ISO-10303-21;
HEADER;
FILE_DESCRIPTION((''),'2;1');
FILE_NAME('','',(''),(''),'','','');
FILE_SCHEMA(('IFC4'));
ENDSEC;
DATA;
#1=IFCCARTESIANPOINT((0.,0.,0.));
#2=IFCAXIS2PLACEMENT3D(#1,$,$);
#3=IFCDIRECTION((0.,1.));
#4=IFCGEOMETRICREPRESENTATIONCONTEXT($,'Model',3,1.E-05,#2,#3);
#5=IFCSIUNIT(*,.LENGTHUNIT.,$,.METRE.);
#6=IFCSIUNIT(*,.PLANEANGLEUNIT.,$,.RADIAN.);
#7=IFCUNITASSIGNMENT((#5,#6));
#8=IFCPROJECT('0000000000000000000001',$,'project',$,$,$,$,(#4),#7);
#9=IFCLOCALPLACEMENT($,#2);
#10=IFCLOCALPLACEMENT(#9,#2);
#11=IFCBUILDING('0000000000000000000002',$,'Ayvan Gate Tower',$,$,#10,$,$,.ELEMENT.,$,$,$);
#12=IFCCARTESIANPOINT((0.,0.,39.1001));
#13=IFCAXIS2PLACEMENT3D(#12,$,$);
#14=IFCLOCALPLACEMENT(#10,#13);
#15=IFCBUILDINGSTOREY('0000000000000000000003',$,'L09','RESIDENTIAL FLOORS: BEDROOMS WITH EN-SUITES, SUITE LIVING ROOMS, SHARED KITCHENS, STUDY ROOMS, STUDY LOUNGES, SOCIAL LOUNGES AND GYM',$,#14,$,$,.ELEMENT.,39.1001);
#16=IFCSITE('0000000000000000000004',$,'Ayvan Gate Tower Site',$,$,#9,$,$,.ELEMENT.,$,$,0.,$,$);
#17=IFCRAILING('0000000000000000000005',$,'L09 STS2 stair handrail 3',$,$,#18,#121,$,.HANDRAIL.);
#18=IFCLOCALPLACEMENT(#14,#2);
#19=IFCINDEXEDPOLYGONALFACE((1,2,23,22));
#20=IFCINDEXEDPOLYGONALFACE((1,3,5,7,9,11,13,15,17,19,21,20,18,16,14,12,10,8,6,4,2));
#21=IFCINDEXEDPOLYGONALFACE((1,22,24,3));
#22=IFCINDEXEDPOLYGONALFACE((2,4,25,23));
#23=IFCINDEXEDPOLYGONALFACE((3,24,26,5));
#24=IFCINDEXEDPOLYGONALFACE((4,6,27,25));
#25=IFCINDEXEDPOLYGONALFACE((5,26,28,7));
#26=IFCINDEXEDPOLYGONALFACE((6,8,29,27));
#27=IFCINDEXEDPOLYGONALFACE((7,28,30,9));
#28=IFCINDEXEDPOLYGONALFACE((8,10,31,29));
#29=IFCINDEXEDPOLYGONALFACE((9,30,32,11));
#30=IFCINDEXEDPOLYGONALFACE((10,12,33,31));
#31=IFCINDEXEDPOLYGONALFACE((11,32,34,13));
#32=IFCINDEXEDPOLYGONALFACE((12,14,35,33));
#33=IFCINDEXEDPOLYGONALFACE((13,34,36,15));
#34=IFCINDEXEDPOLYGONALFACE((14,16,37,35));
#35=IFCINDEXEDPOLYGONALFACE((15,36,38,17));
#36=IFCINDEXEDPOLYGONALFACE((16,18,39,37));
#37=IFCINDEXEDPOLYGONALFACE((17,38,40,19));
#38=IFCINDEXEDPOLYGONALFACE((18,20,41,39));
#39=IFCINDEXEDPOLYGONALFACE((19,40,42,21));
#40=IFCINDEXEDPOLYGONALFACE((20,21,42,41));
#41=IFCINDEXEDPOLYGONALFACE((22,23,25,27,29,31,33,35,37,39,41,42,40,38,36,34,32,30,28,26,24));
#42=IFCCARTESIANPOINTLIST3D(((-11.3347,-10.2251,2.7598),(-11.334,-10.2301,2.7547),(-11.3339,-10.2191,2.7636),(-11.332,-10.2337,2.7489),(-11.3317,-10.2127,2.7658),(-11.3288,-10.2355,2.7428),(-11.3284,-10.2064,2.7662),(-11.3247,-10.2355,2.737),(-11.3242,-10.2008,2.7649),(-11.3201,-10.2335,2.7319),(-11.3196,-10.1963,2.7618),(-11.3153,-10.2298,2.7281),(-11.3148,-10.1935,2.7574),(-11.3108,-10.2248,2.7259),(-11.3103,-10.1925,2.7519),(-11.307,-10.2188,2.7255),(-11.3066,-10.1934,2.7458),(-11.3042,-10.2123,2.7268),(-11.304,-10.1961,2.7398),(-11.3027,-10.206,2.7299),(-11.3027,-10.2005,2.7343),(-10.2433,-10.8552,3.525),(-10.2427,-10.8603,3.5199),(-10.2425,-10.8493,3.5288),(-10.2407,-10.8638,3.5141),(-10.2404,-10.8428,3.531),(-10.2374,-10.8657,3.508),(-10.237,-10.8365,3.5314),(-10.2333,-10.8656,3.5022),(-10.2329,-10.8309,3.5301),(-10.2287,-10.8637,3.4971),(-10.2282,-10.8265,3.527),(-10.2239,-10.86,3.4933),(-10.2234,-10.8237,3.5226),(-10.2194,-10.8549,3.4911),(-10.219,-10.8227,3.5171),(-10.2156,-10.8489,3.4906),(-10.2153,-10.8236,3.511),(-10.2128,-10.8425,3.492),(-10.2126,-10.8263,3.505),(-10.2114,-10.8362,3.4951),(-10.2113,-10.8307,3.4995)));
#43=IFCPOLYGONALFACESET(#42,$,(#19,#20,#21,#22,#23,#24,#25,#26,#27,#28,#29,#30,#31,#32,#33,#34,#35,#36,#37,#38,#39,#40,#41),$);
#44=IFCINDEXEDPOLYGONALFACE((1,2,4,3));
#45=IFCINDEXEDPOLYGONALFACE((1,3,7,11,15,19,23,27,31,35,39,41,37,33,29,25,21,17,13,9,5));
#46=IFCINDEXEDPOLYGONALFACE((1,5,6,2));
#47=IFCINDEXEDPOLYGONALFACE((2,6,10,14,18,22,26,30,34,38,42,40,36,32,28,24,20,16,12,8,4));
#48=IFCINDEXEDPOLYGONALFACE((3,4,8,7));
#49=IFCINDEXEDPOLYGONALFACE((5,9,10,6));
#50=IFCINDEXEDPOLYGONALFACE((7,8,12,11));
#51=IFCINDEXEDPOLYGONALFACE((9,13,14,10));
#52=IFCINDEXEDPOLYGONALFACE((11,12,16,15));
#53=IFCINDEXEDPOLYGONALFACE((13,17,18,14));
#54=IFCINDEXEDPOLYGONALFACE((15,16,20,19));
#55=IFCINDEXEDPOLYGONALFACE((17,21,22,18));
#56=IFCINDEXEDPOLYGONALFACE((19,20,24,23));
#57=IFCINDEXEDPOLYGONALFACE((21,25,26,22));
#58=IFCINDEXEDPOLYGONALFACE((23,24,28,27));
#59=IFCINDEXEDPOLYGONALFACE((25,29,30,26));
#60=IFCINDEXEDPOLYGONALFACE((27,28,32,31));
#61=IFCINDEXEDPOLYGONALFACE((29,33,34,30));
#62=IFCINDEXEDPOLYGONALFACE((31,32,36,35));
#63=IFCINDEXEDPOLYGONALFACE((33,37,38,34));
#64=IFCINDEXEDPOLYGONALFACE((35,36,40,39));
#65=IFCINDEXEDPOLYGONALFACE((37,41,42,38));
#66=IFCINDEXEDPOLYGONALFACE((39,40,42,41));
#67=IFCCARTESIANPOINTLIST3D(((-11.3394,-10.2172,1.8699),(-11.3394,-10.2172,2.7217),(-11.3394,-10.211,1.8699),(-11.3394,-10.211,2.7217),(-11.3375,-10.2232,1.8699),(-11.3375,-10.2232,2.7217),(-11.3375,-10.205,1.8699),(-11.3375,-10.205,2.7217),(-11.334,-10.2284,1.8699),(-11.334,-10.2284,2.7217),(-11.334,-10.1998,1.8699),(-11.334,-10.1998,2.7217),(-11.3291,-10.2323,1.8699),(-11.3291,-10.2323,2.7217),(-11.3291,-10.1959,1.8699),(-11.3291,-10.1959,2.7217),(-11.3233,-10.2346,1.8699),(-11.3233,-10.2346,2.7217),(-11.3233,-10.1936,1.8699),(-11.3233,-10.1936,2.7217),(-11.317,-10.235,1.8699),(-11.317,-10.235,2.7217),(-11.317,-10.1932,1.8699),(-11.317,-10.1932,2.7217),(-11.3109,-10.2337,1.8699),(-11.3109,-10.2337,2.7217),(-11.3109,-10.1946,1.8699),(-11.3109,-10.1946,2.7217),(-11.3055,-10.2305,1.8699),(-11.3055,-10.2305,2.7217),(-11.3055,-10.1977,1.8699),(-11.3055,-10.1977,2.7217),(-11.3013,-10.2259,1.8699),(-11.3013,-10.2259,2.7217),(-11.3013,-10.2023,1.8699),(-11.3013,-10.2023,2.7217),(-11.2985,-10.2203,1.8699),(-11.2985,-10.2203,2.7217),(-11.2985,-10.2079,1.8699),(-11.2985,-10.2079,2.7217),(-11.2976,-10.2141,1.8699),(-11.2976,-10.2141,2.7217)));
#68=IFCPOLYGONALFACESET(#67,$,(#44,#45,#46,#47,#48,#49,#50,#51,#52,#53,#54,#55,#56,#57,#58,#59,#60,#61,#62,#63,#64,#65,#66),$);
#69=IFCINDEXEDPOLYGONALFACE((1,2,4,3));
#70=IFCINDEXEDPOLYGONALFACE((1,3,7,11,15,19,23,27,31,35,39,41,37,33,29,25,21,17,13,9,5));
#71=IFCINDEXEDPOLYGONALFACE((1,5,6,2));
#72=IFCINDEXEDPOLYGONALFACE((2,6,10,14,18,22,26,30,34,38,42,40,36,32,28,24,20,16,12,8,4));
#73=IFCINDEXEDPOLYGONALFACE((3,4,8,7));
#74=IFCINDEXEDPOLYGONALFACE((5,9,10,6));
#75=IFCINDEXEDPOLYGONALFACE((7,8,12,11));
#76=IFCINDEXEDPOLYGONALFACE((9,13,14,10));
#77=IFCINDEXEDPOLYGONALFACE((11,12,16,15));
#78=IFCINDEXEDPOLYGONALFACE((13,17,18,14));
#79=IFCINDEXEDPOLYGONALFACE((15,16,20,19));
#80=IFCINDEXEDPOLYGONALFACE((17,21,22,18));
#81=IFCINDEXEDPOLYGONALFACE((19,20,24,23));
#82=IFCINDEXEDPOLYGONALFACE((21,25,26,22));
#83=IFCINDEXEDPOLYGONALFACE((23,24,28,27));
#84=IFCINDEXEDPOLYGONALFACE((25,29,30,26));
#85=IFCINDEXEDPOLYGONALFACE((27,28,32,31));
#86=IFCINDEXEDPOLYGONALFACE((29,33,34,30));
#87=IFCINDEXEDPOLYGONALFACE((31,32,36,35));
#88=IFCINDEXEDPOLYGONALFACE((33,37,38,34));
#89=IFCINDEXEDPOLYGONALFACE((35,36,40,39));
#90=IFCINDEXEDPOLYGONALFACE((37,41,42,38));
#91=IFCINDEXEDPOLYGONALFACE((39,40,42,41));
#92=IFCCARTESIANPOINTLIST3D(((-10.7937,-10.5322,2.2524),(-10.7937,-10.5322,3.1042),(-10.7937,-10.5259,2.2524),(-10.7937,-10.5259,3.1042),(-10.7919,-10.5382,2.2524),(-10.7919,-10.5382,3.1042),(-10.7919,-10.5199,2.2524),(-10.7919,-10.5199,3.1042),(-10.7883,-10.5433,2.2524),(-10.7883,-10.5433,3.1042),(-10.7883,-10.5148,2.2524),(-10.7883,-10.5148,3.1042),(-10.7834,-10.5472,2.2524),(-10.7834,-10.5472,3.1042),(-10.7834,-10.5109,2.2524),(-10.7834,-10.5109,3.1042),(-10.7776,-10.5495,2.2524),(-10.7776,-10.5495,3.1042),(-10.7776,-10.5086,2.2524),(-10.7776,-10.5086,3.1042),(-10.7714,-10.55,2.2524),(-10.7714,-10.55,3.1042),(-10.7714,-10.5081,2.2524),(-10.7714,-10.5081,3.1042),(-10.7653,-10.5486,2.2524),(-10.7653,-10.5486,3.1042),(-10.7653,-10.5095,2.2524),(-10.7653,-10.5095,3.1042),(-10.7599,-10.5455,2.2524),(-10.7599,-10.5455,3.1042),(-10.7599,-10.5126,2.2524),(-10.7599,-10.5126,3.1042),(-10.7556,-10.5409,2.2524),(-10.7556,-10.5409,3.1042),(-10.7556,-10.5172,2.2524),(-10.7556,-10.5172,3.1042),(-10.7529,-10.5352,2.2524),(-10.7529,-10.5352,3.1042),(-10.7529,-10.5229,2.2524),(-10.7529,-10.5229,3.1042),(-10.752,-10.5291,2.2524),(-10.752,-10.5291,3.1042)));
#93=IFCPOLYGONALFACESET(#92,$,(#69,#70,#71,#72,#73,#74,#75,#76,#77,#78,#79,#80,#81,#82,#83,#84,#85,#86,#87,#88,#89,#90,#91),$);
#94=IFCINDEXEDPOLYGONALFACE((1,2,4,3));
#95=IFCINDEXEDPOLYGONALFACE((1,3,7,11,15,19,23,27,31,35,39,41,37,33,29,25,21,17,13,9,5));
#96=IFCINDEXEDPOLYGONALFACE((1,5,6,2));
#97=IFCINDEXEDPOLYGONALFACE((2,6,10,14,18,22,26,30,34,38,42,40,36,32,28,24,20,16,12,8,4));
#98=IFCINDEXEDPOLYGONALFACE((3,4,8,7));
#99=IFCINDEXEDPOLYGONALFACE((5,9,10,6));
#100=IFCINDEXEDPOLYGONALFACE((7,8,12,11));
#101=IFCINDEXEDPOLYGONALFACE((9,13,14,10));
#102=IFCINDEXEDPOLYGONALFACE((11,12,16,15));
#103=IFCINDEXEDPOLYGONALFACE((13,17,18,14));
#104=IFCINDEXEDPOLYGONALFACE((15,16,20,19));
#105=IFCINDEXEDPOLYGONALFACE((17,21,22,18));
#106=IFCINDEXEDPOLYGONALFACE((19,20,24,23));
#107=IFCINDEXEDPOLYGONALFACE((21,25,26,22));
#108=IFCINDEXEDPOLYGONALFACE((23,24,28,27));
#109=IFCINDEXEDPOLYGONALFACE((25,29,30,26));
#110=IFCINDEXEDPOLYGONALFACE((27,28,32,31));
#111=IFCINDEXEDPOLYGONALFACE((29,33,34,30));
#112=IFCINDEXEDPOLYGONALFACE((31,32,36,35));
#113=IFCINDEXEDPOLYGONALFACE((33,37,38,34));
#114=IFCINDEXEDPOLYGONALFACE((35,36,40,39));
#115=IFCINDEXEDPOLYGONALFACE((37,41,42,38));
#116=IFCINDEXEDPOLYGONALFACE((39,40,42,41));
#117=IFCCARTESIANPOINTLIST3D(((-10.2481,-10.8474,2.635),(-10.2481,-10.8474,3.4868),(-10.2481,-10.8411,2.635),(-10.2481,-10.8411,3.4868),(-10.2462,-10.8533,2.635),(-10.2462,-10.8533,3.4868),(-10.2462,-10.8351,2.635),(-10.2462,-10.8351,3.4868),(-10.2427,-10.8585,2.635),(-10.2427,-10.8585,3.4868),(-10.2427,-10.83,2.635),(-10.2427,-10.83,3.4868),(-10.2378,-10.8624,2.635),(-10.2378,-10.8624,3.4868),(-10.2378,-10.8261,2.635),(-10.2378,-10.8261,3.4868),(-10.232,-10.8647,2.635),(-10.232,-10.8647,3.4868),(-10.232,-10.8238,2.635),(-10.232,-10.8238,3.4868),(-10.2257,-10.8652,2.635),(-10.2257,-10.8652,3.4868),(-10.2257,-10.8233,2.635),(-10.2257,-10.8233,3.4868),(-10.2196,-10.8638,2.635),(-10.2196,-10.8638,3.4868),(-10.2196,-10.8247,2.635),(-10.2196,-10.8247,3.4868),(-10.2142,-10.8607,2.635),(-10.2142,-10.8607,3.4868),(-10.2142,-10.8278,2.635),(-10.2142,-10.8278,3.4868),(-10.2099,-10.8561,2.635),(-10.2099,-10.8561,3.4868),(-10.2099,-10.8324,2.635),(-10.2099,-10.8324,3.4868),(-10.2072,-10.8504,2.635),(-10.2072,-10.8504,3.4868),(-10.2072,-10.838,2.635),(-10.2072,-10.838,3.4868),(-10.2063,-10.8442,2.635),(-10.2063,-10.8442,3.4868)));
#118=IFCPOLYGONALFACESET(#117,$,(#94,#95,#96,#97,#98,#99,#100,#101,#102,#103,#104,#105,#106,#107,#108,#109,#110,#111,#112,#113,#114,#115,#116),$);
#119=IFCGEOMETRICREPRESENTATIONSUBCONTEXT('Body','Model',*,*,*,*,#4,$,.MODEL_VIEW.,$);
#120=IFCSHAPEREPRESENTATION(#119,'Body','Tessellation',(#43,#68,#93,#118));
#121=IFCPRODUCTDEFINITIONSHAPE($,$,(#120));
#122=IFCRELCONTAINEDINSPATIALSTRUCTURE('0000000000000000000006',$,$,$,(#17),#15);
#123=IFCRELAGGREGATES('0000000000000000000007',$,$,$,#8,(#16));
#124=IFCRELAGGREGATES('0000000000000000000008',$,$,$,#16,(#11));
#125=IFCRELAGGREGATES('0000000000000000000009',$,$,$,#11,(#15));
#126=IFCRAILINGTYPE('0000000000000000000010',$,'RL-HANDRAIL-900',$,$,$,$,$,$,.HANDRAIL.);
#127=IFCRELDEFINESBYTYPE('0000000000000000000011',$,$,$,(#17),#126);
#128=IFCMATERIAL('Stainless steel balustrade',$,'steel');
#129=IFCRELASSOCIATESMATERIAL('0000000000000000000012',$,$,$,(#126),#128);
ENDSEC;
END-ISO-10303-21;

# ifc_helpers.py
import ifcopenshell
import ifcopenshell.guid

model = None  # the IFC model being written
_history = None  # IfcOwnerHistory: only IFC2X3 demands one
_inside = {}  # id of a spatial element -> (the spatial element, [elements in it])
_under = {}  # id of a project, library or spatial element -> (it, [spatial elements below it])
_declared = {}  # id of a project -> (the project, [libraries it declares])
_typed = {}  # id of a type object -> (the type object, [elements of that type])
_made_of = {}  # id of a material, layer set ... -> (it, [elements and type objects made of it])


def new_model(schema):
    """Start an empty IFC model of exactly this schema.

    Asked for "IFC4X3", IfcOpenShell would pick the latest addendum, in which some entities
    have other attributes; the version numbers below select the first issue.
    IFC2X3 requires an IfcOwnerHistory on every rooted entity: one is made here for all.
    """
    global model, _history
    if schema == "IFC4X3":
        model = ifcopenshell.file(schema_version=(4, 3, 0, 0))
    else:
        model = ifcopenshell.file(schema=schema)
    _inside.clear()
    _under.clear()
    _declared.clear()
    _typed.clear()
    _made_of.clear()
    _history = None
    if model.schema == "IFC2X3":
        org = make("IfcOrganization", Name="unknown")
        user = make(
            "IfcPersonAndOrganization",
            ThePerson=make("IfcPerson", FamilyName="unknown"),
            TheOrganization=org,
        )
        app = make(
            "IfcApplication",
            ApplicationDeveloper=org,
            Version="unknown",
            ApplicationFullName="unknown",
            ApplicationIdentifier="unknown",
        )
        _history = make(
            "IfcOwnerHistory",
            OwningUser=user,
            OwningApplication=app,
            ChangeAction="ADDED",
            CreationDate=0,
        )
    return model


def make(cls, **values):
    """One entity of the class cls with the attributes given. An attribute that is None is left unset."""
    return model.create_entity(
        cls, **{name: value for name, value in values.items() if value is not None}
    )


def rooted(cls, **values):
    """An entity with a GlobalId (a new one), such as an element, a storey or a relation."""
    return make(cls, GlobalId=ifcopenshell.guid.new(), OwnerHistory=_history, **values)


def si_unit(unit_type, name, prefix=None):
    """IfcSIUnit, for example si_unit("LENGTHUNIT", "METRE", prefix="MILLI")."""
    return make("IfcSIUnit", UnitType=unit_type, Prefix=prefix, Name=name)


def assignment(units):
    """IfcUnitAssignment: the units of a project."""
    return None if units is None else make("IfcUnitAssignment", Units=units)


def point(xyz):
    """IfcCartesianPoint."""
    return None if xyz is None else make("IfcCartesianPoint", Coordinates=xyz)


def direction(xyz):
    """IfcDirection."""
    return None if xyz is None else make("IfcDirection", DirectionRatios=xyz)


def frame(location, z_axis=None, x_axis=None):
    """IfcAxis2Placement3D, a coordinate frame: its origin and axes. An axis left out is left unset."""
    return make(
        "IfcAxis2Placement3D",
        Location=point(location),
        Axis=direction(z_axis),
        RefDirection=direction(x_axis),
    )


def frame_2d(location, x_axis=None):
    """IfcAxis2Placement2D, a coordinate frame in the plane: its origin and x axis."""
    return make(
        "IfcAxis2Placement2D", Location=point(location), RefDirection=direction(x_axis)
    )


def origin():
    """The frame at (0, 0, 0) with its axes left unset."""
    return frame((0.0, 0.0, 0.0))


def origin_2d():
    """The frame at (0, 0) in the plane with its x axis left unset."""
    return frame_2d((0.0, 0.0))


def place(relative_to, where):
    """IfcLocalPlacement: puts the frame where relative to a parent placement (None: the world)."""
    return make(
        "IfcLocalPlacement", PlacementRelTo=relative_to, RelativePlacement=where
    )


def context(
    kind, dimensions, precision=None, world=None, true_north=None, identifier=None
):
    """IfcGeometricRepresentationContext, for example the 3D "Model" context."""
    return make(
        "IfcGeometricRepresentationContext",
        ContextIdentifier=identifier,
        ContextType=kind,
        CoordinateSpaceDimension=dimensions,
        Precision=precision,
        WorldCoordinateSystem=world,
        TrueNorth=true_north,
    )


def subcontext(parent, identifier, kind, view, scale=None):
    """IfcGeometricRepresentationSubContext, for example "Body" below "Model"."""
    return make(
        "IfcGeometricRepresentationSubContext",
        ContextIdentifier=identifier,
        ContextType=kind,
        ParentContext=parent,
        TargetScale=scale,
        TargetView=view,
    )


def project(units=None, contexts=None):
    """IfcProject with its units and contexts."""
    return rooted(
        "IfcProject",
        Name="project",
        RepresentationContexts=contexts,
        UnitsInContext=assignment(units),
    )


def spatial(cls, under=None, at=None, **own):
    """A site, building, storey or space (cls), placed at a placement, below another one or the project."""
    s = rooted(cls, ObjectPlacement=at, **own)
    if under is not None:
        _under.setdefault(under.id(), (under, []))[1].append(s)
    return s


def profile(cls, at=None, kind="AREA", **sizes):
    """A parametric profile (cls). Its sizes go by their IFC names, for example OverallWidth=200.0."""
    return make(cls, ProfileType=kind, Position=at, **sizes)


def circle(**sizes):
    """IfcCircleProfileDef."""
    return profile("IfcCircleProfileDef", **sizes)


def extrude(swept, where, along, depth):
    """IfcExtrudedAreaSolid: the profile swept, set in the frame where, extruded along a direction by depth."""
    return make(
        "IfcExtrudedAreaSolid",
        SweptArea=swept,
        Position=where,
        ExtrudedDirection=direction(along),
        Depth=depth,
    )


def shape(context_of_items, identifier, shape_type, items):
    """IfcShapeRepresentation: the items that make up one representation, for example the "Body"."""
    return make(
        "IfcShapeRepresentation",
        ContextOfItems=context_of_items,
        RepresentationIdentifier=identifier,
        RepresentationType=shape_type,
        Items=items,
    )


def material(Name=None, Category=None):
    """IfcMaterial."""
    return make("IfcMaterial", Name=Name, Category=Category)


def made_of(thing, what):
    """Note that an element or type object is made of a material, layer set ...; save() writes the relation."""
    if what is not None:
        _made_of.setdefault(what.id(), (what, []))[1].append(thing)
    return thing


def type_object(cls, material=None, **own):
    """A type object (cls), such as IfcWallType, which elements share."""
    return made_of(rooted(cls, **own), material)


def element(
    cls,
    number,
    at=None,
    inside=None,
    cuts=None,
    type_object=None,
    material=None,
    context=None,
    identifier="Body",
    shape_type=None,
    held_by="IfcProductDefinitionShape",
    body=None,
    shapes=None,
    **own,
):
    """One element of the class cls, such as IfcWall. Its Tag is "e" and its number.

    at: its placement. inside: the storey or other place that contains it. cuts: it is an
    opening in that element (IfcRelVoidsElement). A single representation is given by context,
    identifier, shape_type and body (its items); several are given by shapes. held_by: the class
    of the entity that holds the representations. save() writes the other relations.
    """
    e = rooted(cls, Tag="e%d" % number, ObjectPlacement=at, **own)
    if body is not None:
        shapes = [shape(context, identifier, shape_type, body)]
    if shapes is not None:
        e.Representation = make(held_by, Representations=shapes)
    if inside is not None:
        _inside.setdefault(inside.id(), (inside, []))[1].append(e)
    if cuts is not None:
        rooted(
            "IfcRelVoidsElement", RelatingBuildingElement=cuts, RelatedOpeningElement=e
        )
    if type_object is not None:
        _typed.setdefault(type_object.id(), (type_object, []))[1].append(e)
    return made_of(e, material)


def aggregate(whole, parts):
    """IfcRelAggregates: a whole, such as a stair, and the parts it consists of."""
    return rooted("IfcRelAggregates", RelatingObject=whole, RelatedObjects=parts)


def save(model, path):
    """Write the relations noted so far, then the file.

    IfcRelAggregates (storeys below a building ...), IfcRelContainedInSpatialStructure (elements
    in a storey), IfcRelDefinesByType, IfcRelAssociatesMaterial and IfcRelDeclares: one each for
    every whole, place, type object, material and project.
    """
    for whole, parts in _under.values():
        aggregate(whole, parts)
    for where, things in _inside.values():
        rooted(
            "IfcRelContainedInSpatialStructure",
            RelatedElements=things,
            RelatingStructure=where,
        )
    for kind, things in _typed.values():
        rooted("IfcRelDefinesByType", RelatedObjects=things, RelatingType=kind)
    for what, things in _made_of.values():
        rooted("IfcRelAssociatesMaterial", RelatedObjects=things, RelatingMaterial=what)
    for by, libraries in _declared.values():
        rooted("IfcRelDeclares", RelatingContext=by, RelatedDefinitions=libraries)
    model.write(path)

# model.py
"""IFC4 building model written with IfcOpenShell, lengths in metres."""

from ifc_helpers import new_model, si_unit, direction, frame, origin, origin_2d, place, context, subcontext, project, spatial, circle, extrude, material, type_object, element, save


model = new_model("IFC4")

# Units and contexts
model_context = context("Model", 3, precision=1e-05, world=origin(), true_north=direction((0.0, 1.0)))
body_context = subcontext(model_context, "Body", "Model", "MODEL_VIEW")
ifc_project = project(units=[si_unit("LENGTHUNIT", "METRE"), si_unit("PLANEANGLEUNIT", "RADIAN")], contexts=[model_context])

# Site, building, storey
site_placement = place(None, origin())
site = spatial("IfcSite", under=ifc_project, at=site_placement, Name="Ayvan Gate Tower Site", CompositionType="ELEMENT", RefElevation=0.0)
building_placement = place(site_placement, origin())
building = spatial("IfcBuilding", under=site, at=building_placement, Name="Ayvan Gate Tower", CompositionType="ELEMENT")
storey_placement = place(building_placement, frame((0.0, 0.0, 39.1001)))
storey = spatial("IfcBuildingStorey", under=building, at=storey_placement, Name="L09", Description="RESIDENTIAL FLOORS: BEDROOMS WITH EN-SUITES, SUITE LIVING ROOMS, SHARED KITCHENS, STUDY ROOMS, STUDY LOUNGES, SOCIAL LOUNGES AND GYM", CompositionType="ELEMENT", Elevation=39.1001)

# Railing
ifc_material_1 = material(Name="Stainless steel balustrade", Category="steel")
railing_type_1 = type_object("IfcRailingType", Name="RL-HANDRAIL-900", PredefinedType="HANDRAIL", material=ifc_material_1)
railing_1_placement = place(storey_placement, frame((-11.3186, -10.2141, 1.8699)))
element("IfcRailing", 1, at=railing_1_placement, inside=storey, type_object=railing_type_1, Name="L09 STS2 stair handrail 3", PredefinedType="HANDRAIL", context=body_context, shape_type="SweptSolid", body=[
    extrude(circle(Radius=0.0239, at=origin_2d()), frame((0.0, 0.0, 0.876), z_axis=(0.740241, -0.427419, 0.518996), x_axis=(0.500035, 0.866005, 0.0)), (0.0, 0.0, 1.0), 1.4744),
    extrude(circle(Radius=0.021, at=origin_2d()), origin(), (0.0, 0.0, 1.0), 0.8518),
    extrude(circle(Radius=0.021, at=origin_2d()), frame((0.5457, -0.3149, 0.3826)), (0.0, 0.0, 1.0), 0.8518),
    extrude(circle(Radius=0.021, at=origin_2d()), frame((1.0913, -0.6301, 0.7651)), (0.0, 0.0, 1.0), 0.8518),
])

save(model, "model.ifc")
